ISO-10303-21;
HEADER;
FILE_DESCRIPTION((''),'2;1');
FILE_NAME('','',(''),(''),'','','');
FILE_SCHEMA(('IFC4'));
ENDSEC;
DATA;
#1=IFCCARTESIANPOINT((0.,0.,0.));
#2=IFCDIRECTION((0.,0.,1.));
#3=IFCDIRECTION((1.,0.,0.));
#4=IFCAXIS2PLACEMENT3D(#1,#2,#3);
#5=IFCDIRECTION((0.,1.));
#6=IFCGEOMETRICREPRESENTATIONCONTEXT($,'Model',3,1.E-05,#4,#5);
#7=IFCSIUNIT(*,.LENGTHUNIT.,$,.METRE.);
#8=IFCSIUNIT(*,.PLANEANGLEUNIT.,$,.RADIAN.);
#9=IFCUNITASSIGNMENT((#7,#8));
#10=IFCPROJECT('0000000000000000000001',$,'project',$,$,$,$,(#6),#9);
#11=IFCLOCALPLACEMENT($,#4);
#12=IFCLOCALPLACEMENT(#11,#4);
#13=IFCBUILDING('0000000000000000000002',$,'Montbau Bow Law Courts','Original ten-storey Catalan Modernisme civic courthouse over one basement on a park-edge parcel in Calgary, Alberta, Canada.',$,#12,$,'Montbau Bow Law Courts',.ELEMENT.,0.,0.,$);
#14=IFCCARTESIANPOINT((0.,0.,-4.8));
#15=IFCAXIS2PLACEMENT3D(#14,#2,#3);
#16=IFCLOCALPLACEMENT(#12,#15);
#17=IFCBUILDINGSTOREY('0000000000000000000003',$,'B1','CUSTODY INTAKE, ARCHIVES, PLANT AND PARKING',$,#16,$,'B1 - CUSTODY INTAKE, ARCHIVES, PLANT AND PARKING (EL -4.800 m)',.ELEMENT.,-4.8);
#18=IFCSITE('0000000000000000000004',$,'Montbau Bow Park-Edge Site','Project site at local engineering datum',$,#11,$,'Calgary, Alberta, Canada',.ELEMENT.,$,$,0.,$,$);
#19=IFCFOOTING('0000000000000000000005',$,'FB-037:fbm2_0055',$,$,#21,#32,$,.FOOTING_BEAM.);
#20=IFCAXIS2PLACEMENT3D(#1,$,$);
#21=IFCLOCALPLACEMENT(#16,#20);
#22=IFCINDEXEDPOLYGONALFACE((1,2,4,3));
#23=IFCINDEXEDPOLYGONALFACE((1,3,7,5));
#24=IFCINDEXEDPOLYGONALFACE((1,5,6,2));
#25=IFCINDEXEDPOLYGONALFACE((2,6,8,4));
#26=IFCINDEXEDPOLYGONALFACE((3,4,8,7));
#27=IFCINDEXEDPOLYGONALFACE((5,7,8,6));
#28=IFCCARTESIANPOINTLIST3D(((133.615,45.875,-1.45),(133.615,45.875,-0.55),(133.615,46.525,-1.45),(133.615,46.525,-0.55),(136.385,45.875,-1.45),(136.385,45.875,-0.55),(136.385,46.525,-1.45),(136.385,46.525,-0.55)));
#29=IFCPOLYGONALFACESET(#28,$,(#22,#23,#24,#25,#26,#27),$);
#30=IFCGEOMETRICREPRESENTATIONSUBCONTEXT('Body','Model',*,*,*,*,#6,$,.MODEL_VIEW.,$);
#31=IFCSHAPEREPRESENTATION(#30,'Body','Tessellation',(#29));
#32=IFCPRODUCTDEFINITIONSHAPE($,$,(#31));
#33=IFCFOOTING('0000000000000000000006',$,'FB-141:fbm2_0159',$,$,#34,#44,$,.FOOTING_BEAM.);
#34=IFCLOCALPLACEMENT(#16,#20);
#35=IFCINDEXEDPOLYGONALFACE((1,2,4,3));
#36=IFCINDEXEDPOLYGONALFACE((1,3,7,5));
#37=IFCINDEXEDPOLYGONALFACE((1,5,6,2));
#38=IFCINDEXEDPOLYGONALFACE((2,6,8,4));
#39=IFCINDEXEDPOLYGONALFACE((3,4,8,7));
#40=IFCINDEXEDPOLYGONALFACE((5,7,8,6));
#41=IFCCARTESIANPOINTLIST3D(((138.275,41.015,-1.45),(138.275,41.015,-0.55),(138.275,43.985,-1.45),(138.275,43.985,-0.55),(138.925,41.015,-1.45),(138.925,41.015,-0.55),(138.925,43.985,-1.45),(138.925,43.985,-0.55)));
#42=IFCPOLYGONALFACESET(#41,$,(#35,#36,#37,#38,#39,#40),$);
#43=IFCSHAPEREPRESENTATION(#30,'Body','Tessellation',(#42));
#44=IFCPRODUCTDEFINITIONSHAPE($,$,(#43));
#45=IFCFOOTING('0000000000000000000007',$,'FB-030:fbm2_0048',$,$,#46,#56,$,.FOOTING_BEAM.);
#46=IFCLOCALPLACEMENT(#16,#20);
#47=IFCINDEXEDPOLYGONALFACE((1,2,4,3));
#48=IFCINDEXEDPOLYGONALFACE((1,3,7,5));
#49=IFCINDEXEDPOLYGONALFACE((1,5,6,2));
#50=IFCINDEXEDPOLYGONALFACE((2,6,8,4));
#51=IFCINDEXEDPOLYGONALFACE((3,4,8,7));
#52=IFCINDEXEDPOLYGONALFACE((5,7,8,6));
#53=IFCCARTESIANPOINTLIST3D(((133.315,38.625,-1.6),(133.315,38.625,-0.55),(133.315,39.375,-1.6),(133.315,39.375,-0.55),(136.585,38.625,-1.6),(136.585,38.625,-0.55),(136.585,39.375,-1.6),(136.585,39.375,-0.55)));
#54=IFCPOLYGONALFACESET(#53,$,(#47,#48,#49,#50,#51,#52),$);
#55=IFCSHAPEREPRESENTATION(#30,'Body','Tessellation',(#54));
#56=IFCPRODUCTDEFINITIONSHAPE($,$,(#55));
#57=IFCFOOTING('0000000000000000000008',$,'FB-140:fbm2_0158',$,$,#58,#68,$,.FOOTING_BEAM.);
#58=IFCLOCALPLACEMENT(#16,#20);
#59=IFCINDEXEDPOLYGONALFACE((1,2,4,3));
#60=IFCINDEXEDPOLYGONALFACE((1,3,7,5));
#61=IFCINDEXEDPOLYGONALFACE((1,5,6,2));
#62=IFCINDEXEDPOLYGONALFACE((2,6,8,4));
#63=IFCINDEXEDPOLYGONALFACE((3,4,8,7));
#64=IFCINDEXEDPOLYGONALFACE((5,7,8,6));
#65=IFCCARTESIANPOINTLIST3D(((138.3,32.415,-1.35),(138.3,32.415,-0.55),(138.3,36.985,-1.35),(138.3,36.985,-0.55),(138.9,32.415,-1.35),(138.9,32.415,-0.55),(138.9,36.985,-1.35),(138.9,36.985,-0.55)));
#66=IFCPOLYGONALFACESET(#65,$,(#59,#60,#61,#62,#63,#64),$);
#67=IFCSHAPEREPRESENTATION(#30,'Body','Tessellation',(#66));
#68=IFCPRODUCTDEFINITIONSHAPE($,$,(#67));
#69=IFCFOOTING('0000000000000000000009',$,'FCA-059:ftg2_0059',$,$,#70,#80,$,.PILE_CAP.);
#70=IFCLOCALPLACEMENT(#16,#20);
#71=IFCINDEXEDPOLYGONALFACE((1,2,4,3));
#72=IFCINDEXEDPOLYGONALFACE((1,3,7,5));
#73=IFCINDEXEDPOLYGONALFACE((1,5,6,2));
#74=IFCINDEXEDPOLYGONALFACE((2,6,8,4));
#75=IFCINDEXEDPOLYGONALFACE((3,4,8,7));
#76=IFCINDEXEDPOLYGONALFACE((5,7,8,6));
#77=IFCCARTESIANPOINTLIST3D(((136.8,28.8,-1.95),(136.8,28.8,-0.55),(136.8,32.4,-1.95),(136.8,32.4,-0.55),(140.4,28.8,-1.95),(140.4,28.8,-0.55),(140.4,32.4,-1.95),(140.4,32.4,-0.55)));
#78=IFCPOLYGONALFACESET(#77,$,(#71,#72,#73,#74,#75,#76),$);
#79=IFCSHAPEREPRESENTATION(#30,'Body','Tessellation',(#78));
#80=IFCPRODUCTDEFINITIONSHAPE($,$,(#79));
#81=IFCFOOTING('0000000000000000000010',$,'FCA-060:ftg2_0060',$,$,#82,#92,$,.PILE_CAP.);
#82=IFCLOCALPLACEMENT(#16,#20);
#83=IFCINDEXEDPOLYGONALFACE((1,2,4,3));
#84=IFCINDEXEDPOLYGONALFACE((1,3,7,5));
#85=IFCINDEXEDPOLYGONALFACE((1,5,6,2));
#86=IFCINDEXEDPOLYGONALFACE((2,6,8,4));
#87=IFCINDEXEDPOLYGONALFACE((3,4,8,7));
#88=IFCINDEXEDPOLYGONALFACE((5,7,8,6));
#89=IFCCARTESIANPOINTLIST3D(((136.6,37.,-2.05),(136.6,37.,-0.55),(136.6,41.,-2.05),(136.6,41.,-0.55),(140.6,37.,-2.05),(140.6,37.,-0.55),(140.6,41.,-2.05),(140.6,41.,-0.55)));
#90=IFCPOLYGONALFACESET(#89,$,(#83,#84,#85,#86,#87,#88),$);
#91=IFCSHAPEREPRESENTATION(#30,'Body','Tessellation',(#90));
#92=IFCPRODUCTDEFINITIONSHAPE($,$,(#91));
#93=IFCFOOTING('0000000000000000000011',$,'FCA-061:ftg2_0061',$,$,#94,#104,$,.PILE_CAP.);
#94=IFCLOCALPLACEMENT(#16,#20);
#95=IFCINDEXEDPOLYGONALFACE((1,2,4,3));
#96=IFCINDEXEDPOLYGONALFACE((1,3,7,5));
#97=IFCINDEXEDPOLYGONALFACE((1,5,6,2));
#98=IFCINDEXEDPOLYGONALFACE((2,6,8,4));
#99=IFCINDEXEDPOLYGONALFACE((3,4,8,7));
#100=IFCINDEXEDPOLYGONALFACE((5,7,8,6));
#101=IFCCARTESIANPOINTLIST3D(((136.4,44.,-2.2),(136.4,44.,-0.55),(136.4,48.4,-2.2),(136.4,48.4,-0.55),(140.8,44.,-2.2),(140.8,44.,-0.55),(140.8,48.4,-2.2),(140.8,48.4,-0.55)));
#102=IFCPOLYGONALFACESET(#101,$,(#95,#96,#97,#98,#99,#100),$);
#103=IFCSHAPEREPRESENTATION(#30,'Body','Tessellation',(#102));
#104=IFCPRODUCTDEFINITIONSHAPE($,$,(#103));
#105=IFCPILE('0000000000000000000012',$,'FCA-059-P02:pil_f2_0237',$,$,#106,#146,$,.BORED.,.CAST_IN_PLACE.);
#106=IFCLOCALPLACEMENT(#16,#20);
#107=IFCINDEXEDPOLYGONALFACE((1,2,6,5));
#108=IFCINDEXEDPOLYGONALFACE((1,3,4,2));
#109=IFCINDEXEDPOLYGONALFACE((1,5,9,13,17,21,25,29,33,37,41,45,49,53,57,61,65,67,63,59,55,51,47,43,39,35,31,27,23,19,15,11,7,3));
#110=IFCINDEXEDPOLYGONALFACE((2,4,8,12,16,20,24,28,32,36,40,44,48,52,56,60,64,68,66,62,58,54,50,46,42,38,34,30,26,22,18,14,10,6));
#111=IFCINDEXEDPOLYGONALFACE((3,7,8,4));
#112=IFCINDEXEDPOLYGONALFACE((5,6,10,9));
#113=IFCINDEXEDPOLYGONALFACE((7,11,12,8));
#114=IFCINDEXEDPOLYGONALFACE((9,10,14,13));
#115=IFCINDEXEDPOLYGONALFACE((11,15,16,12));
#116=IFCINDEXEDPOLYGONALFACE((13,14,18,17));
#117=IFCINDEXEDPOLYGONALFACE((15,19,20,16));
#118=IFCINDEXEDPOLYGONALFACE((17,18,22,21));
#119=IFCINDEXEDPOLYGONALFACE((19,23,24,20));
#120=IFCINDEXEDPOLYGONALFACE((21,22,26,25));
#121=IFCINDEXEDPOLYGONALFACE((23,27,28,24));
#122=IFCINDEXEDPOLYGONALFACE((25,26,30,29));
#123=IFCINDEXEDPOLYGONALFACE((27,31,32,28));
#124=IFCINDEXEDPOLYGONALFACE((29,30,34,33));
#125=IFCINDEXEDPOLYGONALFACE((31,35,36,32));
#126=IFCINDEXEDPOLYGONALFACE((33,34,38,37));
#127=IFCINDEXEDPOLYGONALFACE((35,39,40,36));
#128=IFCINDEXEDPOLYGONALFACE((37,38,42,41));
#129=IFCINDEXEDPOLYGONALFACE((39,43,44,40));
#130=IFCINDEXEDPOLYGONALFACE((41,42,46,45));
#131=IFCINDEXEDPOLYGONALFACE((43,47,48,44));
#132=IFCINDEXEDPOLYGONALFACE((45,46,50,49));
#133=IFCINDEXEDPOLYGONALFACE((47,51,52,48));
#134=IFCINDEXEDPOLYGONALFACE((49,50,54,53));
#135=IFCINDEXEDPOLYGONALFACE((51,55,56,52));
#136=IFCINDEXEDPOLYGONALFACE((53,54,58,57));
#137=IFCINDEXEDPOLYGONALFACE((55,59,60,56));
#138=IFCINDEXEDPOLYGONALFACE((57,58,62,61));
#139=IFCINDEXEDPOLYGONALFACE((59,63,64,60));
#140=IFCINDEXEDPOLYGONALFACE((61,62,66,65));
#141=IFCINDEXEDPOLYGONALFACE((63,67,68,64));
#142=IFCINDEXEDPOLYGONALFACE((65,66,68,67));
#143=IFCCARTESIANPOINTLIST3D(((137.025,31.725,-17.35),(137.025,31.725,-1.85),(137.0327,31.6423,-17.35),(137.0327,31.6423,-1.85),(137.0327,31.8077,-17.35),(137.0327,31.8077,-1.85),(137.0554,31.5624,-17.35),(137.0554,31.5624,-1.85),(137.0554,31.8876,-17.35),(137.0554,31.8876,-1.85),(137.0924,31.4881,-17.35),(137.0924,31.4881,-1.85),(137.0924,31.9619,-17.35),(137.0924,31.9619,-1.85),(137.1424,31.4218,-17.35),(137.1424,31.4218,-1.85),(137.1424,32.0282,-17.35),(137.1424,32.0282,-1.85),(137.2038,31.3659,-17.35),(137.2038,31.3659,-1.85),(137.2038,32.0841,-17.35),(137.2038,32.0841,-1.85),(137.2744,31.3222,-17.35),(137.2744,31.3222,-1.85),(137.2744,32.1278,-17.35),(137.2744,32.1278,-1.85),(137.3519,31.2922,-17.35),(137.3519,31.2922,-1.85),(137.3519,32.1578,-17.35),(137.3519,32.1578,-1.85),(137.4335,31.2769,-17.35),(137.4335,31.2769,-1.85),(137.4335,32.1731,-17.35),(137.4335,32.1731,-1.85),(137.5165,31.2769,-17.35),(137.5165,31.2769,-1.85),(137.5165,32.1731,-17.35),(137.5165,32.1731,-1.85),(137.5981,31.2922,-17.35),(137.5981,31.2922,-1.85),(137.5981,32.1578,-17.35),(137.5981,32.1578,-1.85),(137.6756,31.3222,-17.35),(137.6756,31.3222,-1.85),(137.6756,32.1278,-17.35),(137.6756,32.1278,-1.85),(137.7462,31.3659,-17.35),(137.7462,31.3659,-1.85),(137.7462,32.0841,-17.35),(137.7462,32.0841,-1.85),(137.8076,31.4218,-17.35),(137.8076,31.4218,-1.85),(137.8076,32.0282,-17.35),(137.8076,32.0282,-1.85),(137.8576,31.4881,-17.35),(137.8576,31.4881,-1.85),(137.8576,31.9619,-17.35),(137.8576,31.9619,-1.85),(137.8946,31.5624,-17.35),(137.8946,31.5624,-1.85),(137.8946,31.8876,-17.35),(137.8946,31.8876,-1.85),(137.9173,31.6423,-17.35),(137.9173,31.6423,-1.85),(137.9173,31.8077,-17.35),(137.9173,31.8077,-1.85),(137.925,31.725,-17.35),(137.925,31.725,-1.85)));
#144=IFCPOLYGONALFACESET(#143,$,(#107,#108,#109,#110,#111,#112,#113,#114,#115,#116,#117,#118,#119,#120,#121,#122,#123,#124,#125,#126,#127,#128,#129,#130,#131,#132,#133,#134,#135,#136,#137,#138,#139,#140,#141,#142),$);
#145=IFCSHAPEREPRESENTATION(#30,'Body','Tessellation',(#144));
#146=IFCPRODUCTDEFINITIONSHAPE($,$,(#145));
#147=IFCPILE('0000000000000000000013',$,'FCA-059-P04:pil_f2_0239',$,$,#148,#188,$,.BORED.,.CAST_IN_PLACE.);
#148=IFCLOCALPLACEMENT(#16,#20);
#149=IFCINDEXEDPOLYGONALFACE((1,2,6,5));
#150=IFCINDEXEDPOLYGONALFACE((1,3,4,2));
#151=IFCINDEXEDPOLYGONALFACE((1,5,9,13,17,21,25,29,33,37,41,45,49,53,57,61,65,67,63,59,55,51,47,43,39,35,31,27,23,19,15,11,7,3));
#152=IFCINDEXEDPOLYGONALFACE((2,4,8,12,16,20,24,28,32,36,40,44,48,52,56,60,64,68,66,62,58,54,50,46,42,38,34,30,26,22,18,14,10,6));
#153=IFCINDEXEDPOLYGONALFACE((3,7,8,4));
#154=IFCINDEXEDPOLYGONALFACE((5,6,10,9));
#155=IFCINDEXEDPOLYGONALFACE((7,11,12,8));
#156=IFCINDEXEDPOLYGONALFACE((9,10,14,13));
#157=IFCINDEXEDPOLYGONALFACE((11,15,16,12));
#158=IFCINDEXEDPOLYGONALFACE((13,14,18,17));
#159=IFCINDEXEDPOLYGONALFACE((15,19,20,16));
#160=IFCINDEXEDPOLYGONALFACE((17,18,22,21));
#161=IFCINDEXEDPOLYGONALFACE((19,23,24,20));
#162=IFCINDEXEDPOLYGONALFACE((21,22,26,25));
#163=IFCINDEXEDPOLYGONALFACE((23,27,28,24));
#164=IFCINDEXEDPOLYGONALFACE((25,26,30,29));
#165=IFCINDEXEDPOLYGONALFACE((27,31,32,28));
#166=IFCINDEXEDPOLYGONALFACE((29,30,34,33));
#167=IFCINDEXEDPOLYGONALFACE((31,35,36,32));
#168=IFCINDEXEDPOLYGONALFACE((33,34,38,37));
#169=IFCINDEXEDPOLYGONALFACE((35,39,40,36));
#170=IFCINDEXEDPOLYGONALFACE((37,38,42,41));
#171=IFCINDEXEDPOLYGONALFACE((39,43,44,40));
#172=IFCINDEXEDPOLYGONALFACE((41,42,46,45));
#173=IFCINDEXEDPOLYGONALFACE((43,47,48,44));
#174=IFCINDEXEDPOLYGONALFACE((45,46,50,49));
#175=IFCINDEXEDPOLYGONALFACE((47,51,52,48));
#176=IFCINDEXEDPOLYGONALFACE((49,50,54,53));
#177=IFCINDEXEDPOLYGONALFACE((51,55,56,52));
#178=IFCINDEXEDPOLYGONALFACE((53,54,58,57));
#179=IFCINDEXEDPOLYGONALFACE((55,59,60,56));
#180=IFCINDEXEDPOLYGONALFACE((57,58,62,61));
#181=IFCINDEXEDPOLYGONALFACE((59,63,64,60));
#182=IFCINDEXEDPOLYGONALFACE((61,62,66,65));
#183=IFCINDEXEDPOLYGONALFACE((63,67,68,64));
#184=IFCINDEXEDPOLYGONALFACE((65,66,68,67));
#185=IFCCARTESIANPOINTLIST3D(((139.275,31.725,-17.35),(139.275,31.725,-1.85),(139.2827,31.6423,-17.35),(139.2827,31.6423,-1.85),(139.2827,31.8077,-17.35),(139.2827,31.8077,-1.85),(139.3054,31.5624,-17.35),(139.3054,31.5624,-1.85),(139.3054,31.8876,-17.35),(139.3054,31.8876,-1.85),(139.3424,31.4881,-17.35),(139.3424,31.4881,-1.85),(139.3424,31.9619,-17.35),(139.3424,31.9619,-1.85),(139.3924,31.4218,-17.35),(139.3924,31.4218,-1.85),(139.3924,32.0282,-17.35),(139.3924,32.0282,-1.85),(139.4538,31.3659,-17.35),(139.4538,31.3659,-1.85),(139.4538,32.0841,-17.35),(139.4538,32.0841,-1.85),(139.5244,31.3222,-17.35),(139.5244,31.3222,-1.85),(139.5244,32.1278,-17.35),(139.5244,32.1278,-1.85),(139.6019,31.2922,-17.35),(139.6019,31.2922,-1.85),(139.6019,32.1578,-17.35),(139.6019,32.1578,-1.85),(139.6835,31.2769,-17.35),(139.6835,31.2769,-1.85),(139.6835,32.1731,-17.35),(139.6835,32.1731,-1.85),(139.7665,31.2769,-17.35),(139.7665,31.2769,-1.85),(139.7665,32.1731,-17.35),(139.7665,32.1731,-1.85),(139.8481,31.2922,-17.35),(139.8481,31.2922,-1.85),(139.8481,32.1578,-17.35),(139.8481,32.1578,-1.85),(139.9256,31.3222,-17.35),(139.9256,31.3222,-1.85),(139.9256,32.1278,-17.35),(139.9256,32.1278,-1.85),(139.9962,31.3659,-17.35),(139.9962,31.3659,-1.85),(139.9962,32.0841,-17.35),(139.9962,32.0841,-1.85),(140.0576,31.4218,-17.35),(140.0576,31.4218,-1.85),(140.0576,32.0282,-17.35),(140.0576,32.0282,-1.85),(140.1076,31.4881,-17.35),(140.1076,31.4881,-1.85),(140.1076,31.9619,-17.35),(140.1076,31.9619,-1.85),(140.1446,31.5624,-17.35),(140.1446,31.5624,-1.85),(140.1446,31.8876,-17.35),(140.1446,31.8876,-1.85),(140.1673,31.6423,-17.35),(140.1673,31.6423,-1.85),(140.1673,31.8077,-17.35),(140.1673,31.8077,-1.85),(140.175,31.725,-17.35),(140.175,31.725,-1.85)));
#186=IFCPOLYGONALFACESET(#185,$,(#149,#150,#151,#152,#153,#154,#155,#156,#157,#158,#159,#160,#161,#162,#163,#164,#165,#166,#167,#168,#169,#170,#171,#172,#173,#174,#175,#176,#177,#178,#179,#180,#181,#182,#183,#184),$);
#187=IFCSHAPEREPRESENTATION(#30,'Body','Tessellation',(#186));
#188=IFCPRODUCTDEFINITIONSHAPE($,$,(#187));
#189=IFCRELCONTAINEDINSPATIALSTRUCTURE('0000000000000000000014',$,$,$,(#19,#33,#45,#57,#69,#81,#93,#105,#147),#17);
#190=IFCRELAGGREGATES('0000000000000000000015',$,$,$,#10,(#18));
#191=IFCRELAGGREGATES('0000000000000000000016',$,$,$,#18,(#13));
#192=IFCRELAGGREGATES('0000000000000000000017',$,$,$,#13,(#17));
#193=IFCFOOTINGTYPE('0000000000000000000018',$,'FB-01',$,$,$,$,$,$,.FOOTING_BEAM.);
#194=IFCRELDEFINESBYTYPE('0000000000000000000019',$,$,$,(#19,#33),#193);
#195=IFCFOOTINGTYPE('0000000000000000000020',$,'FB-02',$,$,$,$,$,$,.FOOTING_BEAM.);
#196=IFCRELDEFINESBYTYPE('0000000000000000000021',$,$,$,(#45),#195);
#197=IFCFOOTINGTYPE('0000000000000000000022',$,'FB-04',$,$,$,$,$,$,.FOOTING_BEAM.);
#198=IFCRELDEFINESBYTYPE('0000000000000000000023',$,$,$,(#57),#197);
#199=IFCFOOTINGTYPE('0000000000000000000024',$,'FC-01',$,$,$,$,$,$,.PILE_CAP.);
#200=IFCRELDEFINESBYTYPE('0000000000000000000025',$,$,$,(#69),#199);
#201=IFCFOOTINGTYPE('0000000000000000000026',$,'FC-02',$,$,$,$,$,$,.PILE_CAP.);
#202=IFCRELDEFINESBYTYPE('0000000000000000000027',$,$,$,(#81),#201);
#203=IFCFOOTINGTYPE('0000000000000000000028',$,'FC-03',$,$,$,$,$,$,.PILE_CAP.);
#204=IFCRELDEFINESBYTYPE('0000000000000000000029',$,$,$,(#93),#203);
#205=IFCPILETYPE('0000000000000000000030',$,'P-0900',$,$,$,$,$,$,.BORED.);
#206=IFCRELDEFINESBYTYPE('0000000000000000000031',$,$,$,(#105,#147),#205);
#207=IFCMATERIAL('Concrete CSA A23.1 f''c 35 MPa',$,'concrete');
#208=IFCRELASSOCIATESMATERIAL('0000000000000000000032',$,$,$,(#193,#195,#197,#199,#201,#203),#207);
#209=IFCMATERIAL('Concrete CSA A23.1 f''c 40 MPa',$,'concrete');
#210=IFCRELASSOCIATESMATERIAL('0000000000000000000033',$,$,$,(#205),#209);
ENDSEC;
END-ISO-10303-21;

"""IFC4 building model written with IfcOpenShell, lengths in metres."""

from ifc_helpers import new_model, si_unit, direction, frame, origin_with_axes, origin_2d_with_axis, place, context, subcontext, project, spatial, rectangle, circle, extrude, material, material_profile, profile_set, type_object, element, save


model = new_model("IFC4")

# Units and contexts
model_context = context("Model", 3, precision=1e-05, world=origin_with_axes(), true_north=direction((0.0, 1.0)))
body_context = subcontext(model_context, "Body", "Model", "MODEL_VIEW")
ifc_project = project(units=[si_unit("LENGTHUNIT", "METRE"), si_unit("PLANEANGLEUNIT", "RADIAN")], contexts=[model_context])

# Site, building, storey
site_placement = place(None, origin_with_axes())
site = spatial("IfcSite", under=ifc_project, at=site_placement, Name="Montbau Bow Park-Edge Site", Description="Project site at local engineering datum", LongName="Calgary, Alberta, Canada", CompositionType="ELEMENT", RefElevation=0.0)
building_placement = place(site_placement, origin_with_axes())
building = spatial("IfcBuilding", under=site, at=building_placement, Name="Montbau Bow Law Courts", Description="Original ten-storey Catalan Modernisme civic courthouse over one basement on a park-edge parcel in Calgary, Alberta, Canada.", LongName="Montbau Bow Law Courts", CompositionType="ELEMENT", ElevationOfRefHeight=0.0, ElevationOfTerrain=0.0)
storey_placement = place(building_placement, frame((0.0, 0.0, -4.8), z_axis=(0.0, 0.0, 1.0), x_axis=(1.0, 0.0, 0.0)))
storey = spatial("IfcBuildingStorey", under=building, at=storey_placement, Name="B1", Description="CUSTODY INTAKE, ARCHIVES, PLANT AND PARKING", LongName="B1 - CUSTODY INTAKE, ARCHIVES, PLANT AND PARKING (EL -4.800 m)", CompositionType="ELEMENT", Elevation=-4.8)

# Footings
ifc_material_1 = material(Name="Concrete CSA A23.1 f'c 35 MPa", Category="concrete")
footing_type_1 = type_object("IfcFootingType", Name="FB-01", PredefinedType="FOOTING_BEAM", material=ifc_material_1)
footing_1_placement = place(None, frame((135.0, 46.2, -6.25), z_axis=(0.0, 0.0, 1.0), x_axis=(1.0, 0.0, 0.0)))
element("IfcFooting", 1, at=footing_1_placement, inside=storey, type_object=footing_type_1, Name="FB-037:fbm2_0055", PredefinedType="FOOTING_BEAM", context=body_context, shape_type="SweptSolid", body=[
    extrude(rectangle(XDim=2.77, YDim=0.65, at=origin_2d_with_axis()), origin_with_axes(), (0.0, 0.0, 1.0), 0.9),
])
footing_2_placement = place(None, frame((138.6, 42.5, -6.25), z_axis=(0.0, 0.0, 1.0), x_axis=(0.0, 1.0, 0.0)))
element("IfcFooting", 2, at=footing_2_placement, inside=storey, type_object=footing_type_1, Name="FB-141:fbm2_0159", PredefinedType="FOOTING_BEAM", context=body_context, shape_type="SweptSolid", body=[
    extrude(rectangle(XDim=2.97, YDim=0.65, at=origin_2d_with_axis()), origin_with_axes(), (0.0, 0.0, 1.0), 0.9),
])
footing_type_2 = type_object("IfcFootingType", Name="FB-02", PredefinedType="FOOTING_BEAM", material=ifc_material_1)
footing_3_placement = place(None, frame((134.95, 39.0, -6.4), z_axis=(0.0, 0.0, 1.0), x_axis=(1.0, 0.0, 0.0)))
element("IfcFooting", 3, at=footing_3_placement, inside=storey, type_object=footing_type_2, Name="FB-030:fbm2_0048", PredefinedType="FOOTING_BEAM", context=body_context, shape_type="SweptSolid", body=[
    extrude(rectangle(XDim=3.27, YDim=0.75, at=origin_2d_with_axis()), origin_with_axes(), (0.0, 0.0, 1.0), 1.05),
])
footing_type_3 = type_object("IfcFootingType", Name="FB-04", PredefinedType="FOOTING_BEAM", material=ifc_material_1)
footing_4_placement = place(None, frame((138.6, 34.7, -6.15), z_axis=(0.0, 0.0, 1.0), x_axis=(0.0, 1.0, 0.0)))
element("IfcFooting", 4, at=footing_4_placement, inside=storey, type_object=footing_type_3, Name="FB-140:fbm2_0158", PredefinedType="FOOTING_BEAM", context=body_context, shape_type="SweptSolid", body=[
    extrude(rectangle(XDim=4.57, YDim=0.6, at=origin_2d_with_axis()), origin_with_axes(), (0.0, 0.0, 1.0), 0.8),
])
footing_type_4 = type_object("IfcFootingType", Name="FC-01", PredefinedType="PILE_CAP", material=ifc_material_1)
footing_5_placement = place(None, frame((138.6, 30.6, -6.75), z_axis=(0.0, 0.0, 1.0), x_axis=(1.0, 0.0, 0.0)))
element("IfcFooting", 5, at=footing_5_placement, inside=storey, type_object=footing_type_4, Name="FCA-059:ftg2_0059", PredefinedType="PILE_CAP", context=body_context, shape_type="SweptSolid", body=[
    extrude(rectangle(XDim=3.6, YDim=3.6, at=origin_2d_with_axis()), origin_with_axes(), (0.0, 0.0, 1.0), 1.4),
])
footing_type_5 = type_object("IfcFootingType", Name="FC-02", PredefinedType="PILE_CAP", material=ifc_material_1)
footing_6_placement = place(None, frame((138.6, 39.0, -6.85), z_axis=(0.0, 0.0, 1.0), x_axis=(1.0, 0.0, 0.0)))
element("IfcFooting", 6, at=footing_6_placement, inside=storey, type_object=footing_type_5, Name="FCA-060:ftg2_0060", PredefinedType="PILE_CAP", context=body_context, shape_type="SweptSolid", body=[
    extrude(rectangle(XDim=4.0, YDim=4.0, at=origin_2d_with_axis()), origin_with_axes(), (0.0, 0.0, 1.0), 1.5),
])
footing_type_6 = type_object("IfcFootingType", Name="FC-03", PredefinedType="PILE_CAP", material=ifc_material_1)
footing_7_placement = place(None, frame((138.6, 46.2, -7.0), z_axis=(0.0, 0.0, 1.0), x_axis=(1.0, 0.0, 0.0)))
element("IfcFooting", 7, at=footing_7_placement, inside=storey, type_object=footing_type_6, Name="FCA-061:ftg2_0061", PredefinedType="PILE_CAP", context=body_context, shape_type="SweptSolid", body=[
    extrude(rectangle(XDim=4.4, YDim=4.4, at=origin_2d_with_axis()), origin_with_axes(), (0.0, 0.0, 1.0), 1.65),
])

# Piles
ifc_material_2 = material(Name="Concrete CSA A23.1 f'c 40 MPa", Category="concrete")
ifc_material_profile_1 = material_profile(ifc_material_2, circle(Radius=0.45, at=origin_2d_with_axis()), Name="BP900", Category="Main", Priority=0)
ifc_profile_set_1 = profile_set([ifc_material_profile_1], Name="Concrete CSA A23.1 f'c 40 MPa")
pile_type_1 = type_object("IfcPileType", Name="P-0900", PredefinedType="BORED", material=ifc_profile_set_1)
for number, where, z_axis, x_axis, name in (
    (8, (137.475, 31.725, -22.15), (0.0, 0.0, 1.0), (1.0, 0.0, 0.0), "FCA-059-P02:pil_f2_0237"),
    (9, (139.725, 31.725, -22.15), (0.0, 0.0, 1.0), (1.0, 0.0, 0.0), "FCA-059-P04:pil_f2_0239"),
):
    element("IfcPile", number, at=place(None, frame(where, z_axis=z_axis, x_axis=x_axis)), inside=storey, type_object=pile_type_1, Name=name, ConstructionType="CAST_IN_PLACE", PredefinedType="BORED", context=body_context, shape_type="SweptSolid", body=[
        extrude(circle(Radius=0.45, at=origin_2d_with_axis()), origin_with_axes(), (0.0, 0.0, 1.0), 15.5),
    ])

save(model, "model.ifc")
